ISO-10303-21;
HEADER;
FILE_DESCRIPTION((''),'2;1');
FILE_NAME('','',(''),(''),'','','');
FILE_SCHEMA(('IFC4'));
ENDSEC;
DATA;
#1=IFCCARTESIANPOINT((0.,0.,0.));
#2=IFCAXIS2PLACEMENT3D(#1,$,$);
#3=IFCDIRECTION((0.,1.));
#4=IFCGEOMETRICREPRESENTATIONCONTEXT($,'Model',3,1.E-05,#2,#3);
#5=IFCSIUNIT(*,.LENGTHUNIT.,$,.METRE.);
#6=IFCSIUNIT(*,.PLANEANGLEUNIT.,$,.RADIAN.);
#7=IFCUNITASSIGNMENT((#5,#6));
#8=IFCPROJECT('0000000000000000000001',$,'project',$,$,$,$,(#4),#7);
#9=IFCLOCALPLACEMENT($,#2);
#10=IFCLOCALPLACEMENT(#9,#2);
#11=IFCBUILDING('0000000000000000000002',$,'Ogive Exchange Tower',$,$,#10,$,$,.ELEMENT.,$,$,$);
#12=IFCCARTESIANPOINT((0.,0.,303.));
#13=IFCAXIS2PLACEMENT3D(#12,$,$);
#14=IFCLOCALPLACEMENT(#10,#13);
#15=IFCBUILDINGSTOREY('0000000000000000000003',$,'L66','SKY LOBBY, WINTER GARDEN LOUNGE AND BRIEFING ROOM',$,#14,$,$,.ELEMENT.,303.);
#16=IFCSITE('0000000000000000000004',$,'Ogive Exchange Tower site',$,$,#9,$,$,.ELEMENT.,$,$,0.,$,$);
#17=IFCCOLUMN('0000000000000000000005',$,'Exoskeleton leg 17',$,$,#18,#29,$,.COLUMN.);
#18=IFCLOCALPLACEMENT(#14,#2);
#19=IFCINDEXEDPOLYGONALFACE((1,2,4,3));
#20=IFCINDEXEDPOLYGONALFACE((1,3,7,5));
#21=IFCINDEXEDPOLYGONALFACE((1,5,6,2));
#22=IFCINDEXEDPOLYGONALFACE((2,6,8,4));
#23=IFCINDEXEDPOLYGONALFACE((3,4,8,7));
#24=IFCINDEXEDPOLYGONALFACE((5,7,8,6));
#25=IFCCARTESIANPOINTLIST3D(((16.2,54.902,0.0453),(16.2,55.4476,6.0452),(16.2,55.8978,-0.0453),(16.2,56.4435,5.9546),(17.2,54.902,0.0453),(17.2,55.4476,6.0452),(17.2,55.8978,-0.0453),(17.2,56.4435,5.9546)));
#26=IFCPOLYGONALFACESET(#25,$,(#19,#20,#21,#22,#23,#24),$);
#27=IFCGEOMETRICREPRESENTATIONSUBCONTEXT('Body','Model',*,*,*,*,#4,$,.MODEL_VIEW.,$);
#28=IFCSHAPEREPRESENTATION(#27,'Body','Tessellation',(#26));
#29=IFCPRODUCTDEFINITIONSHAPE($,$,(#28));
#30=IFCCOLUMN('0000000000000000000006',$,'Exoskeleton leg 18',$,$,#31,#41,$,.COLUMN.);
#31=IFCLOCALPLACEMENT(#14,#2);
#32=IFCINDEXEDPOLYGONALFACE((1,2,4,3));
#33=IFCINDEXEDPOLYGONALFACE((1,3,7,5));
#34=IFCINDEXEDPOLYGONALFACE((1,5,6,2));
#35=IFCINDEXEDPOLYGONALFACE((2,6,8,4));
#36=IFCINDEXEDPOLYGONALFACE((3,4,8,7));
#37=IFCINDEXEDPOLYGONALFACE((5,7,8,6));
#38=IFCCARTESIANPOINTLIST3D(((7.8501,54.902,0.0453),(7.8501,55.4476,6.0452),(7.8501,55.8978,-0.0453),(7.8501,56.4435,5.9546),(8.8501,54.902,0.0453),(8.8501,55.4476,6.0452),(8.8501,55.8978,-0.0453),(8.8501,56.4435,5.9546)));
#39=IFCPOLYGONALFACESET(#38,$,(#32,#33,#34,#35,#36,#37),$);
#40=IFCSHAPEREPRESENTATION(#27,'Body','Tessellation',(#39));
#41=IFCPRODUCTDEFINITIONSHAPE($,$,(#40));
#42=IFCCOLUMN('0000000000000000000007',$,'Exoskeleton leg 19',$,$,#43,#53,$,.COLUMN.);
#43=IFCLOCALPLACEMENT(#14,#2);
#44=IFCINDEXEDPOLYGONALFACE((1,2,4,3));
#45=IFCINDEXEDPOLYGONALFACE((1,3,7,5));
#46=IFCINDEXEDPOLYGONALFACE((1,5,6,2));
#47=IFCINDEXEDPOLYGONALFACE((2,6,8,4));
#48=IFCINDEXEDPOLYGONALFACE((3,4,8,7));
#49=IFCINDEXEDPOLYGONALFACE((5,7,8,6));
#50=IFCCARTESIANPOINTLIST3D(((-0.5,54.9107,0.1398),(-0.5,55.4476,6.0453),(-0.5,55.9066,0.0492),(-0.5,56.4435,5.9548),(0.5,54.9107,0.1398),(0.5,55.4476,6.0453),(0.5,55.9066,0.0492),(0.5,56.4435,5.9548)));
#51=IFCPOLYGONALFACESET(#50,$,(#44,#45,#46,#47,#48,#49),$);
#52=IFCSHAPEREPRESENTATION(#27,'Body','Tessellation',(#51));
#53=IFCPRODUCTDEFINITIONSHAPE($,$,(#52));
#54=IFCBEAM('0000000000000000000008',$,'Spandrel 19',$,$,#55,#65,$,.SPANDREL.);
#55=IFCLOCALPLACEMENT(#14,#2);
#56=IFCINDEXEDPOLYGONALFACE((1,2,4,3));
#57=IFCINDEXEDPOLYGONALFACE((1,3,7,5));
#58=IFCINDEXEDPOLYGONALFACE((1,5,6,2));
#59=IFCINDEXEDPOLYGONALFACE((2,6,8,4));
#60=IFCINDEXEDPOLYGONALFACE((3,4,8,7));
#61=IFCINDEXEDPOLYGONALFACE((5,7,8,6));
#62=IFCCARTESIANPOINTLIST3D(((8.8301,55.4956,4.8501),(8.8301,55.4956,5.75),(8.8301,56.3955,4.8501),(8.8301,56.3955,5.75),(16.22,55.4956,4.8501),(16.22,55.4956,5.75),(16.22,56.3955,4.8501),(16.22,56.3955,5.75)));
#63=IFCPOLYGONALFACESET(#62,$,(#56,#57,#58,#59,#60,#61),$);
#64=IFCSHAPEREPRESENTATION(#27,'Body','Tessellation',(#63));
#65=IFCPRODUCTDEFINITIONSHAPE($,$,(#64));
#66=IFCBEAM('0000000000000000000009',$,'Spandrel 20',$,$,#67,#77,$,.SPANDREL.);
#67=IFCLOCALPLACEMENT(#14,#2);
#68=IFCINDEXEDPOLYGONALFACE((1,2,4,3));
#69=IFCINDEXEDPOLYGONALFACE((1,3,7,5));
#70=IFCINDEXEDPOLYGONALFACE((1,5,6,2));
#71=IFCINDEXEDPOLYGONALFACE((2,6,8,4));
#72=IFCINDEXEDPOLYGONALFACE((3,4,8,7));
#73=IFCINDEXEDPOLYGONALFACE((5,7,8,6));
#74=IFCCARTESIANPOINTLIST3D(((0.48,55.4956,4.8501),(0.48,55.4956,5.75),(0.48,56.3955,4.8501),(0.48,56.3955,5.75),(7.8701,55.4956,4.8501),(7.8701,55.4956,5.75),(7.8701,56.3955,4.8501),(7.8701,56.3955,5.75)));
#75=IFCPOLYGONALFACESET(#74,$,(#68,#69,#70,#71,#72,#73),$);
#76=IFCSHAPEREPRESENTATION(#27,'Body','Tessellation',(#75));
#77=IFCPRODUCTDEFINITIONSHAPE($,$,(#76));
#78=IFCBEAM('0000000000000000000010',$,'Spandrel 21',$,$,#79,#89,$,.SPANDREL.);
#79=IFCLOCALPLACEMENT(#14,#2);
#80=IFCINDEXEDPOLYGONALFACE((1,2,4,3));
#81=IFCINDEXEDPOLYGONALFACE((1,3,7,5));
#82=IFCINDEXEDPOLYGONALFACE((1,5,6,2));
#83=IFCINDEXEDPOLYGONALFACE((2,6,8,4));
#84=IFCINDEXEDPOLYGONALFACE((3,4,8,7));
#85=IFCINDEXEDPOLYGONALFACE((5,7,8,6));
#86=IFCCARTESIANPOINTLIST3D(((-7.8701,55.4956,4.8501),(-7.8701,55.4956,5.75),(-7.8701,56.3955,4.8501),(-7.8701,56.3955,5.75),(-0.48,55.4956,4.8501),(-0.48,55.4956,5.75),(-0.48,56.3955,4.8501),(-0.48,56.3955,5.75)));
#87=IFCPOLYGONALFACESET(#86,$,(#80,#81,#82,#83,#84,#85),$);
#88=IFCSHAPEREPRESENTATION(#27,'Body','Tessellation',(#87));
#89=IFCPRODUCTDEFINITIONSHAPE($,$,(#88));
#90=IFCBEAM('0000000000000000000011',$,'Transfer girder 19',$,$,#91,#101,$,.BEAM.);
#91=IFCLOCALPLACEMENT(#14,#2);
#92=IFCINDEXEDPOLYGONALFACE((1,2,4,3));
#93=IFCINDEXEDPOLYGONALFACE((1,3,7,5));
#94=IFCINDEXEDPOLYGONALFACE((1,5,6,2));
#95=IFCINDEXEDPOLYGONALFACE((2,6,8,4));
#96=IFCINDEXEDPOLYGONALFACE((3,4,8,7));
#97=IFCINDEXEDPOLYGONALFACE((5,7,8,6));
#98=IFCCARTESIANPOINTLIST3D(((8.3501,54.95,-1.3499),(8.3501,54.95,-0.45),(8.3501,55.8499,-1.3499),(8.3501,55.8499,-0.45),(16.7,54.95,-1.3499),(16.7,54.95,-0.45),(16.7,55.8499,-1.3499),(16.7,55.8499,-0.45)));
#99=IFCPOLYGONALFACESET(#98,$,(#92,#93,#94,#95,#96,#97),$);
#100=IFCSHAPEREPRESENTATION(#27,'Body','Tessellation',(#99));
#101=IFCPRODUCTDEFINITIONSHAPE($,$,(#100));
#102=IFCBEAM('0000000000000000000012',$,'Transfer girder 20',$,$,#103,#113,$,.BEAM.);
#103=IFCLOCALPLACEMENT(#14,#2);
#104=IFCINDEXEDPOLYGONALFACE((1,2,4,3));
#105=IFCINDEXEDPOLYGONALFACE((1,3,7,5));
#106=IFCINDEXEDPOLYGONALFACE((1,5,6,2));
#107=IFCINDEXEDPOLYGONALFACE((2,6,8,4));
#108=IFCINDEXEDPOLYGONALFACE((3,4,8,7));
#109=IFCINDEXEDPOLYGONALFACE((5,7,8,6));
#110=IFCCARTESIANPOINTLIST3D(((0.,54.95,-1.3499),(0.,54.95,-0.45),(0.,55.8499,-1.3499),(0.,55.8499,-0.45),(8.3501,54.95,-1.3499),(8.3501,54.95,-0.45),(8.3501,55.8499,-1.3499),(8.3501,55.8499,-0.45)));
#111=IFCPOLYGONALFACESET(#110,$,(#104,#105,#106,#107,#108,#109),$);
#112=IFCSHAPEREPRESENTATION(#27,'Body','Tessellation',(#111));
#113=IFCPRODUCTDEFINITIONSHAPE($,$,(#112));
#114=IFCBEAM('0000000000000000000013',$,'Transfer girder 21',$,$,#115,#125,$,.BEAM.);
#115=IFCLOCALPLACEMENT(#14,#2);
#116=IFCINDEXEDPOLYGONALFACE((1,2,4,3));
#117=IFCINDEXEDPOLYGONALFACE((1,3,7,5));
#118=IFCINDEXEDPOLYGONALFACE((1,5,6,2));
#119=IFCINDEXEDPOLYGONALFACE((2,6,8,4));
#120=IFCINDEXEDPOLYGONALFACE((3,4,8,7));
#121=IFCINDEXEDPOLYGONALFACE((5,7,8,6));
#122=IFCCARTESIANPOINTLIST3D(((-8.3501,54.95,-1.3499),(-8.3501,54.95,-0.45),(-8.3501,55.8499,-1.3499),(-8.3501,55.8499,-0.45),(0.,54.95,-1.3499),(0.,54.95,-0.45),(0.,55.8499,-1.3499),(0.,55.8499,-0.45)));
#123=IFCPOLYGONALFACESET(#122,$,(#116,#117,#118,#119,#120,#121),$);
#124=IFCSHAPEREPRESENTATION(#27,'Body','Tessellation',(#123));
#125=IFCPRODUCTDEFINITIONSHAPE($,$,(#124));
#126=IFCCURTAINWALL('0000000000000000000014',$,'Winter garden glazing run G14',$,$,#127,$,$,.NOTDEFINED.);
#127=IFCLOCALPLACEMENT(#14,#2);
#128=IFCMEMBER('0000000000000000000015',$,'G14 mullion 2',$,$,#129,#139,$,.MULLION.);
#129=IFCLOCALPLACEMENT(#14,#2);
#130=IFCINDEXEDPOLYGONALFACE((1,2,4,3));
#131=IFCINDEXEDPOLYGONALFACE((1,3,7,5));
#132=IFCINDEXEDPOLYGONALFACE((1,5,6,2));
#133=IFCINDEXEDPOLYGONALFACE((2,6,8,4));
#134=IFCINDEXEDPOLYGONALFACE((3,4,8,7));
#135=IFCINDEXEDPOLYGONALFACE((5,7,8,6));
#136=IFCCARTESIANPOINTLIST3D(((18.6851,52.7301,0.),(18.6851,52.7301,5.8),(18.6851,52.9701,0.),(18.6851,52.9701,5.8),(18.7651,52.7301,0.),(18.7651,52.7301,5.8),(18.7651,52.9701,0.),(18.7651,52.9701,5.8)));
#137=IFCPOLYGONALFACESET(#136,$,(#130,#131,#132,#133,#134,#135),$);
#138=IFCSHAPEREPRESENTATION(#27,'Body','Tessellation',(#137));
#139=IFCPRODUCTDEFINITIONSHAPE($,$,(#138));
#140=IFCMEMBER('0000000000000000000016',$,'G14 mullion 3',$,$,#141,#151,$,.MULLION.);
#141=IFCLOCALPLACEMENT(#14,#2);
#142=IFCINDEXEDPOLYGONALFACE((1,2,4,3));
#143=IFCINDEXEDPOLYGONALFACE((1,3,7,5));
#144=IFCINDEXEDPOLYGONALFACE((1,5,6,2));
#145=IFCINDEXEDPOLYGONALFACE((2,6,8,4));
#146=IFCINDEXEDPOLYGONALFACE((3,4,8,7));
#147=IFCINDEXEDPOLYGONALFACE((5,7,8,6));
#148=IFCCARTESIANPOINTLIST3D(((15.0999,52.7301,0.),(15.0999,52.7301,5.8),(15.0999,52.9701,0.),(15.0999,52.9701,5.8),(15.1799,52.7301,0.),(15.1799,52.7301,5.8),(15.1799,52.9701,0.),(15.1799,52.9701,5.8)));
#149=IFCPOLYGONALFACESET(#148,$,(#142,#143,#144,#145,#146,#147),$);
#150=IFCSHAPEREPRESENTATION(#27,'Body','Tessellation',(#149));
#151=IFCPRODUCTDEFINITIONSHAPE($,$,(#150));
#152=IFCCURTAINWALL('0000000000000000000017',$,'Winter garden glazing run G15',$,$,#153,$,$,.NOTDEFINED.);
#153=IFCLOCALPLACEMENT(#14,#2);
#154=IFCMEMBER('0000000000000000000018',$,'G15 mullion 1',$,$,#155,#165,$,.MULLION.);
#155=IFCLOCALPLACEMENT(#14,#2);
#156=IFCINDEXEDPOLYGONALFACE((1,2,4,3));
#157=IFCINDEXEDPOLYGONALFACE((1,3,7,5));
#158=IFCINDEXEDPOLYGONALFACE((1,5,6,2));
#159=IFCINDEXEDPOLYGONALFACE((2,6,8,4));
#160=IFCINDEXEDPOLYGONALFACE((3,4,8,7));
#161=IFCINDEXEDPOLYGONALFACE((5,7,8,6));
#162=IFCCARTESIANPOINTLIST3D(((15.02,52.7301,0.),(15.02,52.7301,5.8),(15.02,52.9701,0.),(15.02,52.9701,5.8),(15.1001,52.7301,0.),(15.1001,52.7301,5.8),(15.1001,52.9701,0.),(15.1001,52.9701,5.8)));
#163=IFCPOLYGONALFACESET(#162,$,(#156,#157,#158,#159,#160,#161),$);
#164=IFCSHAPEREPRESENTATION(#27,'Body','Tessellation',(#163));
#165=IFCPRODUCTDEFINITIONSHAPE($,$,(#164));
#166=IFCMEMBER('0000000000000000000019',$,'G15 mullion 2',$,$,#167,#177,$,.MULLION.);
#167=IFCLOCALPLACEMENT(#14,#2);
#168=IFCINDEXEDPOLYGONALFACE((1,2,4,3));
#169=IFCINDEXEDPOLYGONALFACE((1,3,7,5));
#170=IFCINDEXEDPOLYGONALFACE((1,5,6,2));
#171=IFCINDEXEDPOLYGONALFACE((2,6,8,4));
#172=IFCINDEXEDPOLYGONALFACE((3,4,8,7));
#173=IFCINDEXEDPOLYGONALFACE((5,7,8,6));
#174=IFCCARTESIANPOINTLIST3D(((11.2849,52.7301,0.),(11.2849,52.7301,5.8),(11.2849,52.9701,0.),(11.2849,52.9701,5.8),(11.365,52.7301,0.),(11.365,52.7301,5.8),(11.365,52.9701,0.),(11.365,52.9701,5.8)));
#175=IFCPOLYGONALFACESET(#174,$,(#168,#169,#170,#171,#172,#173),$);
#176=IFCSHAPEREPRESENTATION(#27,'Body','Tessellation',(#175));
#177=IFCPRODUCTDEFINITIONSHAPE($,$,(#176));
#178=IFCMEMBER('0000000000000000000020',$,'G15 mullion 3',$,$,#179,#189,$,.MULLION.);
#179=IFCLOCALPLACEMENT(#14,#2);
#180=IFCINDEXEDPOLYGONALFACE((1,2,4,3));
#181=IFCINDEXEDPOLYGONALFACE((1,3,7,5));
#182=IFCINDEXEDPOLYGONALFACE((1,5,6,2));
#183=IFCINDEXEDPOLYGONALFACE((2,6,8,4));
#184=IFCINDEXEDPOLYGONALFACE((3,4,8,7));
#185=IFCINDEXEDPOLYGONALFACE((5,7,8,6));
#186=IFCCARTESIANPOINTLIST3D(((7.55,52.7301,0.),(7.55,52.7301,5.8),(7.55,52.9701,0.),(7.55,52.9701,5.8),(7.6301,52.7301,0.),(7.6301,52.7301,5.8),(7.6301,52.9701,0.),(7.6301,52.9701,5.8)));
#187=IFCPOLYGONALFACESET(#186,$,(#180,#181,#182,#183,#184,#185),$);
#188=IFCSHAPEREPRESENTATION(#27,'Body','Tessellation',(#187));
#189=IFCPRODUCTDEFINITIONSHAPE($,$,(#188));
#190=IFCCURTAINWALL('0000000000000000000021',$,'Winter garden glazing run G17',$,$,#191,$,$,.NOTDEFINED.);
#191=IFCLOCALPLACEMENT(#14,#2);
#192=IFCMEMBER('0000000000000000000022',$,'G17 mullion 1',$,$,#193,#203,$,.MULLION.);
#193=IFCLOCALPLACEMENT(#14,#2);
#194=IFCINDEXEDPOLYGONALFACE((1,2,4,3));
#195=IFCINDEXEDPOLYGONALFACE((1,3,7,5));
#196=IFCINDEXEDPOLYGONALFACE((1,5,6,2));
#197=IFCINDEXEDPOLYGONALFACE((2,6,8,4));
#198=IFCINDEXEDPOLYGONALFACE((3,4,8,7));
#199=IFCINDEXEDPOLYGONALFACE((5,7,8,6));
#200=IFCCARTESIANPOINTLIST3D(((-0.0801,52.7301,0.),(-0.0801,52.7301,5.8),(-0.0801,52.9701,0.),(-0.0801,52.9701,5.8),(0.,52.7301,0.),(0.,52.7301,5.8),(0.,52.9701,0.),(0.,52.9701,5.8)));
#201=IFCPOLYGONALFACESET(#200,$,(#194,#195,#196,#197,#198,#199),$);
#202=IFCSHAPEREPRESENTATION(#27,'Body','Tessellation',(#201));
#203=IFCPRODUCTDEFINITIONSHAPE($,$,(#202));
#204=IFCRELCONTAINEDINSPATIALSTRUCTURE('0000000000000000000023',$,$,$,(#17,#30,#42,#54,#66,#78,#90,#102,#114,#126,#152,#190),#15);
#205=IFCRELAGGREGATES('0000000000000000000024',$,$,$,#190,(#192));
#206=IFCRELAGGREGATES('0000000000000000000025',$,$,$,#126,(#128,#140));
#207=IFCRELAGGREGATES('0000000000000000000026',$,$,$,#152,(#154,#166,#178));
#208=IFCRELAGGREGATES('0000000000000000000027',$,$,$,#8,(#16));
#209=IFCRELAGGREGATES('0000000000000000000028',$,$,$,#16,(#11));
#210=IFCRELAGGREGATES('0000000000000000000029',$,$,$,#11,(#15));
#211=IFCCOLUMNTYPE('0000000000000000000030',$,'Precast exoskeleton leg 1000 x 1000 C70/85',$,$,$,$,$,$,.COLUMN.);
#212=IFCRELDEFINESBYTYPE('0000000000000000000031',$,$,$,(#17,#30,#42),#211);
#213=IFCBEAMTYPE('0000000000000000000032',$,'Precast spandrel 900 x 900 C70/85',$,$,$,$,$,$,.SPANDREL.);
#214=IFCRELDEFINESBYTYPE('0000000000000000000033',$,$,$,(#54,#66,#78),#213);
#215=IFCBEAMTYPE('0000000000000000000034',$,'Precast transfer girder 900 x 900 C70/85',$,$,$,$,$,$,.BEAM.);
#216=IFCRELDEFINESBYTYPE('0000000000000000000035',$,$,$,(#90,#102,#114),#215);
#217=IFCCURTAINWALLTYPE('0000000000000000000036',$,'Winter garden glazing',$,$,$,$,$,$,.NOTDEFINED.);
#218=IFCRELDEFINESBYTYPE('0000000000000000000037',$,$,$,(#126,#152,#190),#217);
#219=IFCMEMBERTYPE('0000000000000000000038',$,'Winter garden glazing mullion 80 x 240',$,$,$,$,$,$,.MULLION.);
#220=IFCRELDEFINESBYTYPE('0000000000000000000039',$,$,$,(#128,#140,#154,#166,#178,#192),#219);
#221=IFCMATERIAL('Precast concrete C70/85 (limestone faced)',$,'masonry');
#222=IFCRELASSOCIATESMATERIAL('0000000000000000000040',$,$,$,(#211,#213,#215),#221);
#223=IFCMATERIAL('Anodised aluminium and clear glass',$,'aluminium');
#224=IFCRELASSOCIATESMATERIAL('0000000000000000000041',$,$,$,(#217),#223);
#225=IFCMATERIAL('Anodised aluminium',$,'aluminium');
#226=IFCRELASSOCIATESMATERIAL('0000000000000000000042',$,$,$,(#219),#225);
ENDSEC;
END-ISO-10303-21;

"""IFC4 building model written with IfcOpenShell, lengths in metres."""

from ifc_helpers import new_model, si_unit, direction, frame, origin, origin_2d, place, context, subcontext, project, spatial, rectangle, extrude, material, material_profile, profile_set, type_object, element, aggregate, save


model = new_model("IFC4")

# Units and contexts
model_context = context("Model", 3, precision=1e-05, world=origin(), true_north=direction((0.0, 1.0)))
body_context = subcontext(model_context, "Body", "Model", "MODEL_VIEW")
ifc_project = project(units=[si_unit("LENGTHUNIT", "METRE"), si_unit("PLANEANGLEUNIT", "RADIAN")], contexts=[model_context])

# Site, building, storey
site_placement = place(None, origin())
site = spatial("IfcSite", under=ifc_project, at=site_placement, Name="Ogive Exchange Tower site", CompositionType="ELEMENT", RefElevation=0.0)
building_placement = place(site_placement, origin())
building = spatial("IfcBuilding", under=site, at=building_placement, Name="Ogive Exchange Tower", CompositionType="ELEMENT")
storey_placement = place(building_placement, frame((0.0, 0.0, 303.0)))
storey = spatial("IfcBuildingStorey", under=building, at=storey_placement, Name="L66", Description="SKY LOBBY, WINTER GARDEN LOUNGE AND BRIEFING ROOM", CompositionType="ELEMENT", Elevation=303.0)

# Columns
ifc_material_1 = material(Name="Precast concrete C70/85 (limestone faced)", Category="masonry")
ifc_material_profile_1 = material_profile(ifc_material_1, rectangle(XDim=1.0, YDim=1.0, at=origin_2d()), Name="1000 x 1000")
ifc_profile_set_1 = profile_set([ifc_material_profile_1], Name="Precast concrete C70/85 (limestone faced)")
column_type = type_object("IfcColumnType", Name="Precast exoskeleton leg 1000 x 1000 C70/85", PredefinedType="COLUMN", material=ifc_profile_set_1)
for number, where, z_axis, x_axis, name in (
    (1, (16.7, 55.3999, 0.0), (0.0, 0.090569, 0.99589), (-1.0, 0.0, 0.0), "Exoskeleton leg 17"),
    (2, (8.3501, 55.3999, 0.0), (0.0, 0.090569, 0.99589), (-1.0, 0.0, 0.0), "Exoskeleton leg 18"),
):
    element("IfcColumn", number, at=place(storey_placement, frame(where, z_axis=z_axis, x_axis=x_axis)), inside=storey, type_object=column_type, Name=name, PredefinedType="COLUMN", context=body_context, shape_type="SweptSolid", body=[
        extrude(rectangle(XDim=1.0, YDim=1.0, at=origin_2d()), origin(), (0.0, 0.0, 1.0), 6.0247),
    ])
column_placement = place(storey_placement, frame((0.0, 55.4087, 0.0945), z_axis=(0.0, 0.090536, 0.995893), x_axis=(-1.0, 0.0, 0.0)))
element("IfcColumn", 3, at=column_placement, inside=storey, type_object=column_type, Name="Exoskeleton leg 19", PredefinedType="COLUMN", context=body_context, shape_type="SweptSolid", body=[
    extrude(rectangle(XDim=1.0, YDim=1.0, at=origin_2d()), origin(), (0.0, 0.0, 1.0), 5.9299),
])

# Beams
ifc_material_profile_2 = material_profile(ifc_material_1, rectangle(XDim=0.8999, YDim=0.8999, at=origin_2d()), Name="900 x 900")
ifc_profile_set_2 = profile_set([ifc_material_profile_2], Name="Precast concrete C70/85 (limestone faced)")
beam_type_1 = type_object("IfcBeamType", Name="Precast spandrel 900 x 900 C70/85", PredefinedType="SPANDREL", material=ifc_profile_set_2)
beam_1_placement = place(storey_placement, frame((16.22, 55.9456, 5.3), z_axis=(-1.0, 0.0, 0.0), x_axis=(0.0, -1.0, 0.0)))
element("IfcBeam", 4, at=beam_1_placement, inside=storey, type_object=beam_type_1, Name="Spandrel 19", PredefinedType="SPANDREL", context=body_context, shape_type="SweptSolid", body=[
    extrude(rectangle(XDim=0.8999, YDim=0.8999, at=origin_2d()), origin(), (0.0, 0.0, 1.0), 7.3899),
])
for number, where, z_axis, x_axis, name in (
    (5, (7.8701, 55.9456, 5.3), (-1.0, 0.0, 0.0), (0.0, -1.0, 0.0), "Spandrel 20"),
    (6, (-0.48, 55.9456, 5.3), (-1.0, 0.0, 0.0), (0.0, -1.0, 0.0), "Spandrel 21"),
):
    element("IfcBeam", number, at=place(storey_placement, frame(where, z_axis=z_axis, x_axis=x_axis)), inside=storey, type_object=beam_type_1, Name=name, PredefinedType="SPANDREL", context=body_context, shape_type="SweptSolid", body=[
        extrude(rectangle(XDim=0.8999, YDim=0.8999, at=origin_2d()), origin(), (0.0, 0.0, 1.0), 7.3901),
    ])
ifc_material_profile_3 = material_profile(ifc_material_1, rectangle(XDim=0.8999, YDim=0.8999, at=origin_2d()), Name="900 x 900")
ifc_profile_set_3 = profile_set([ifc_material_profile_3], Name="Precast concrete C70/85 (limestone faced)")
beam_type_2 = type_object("IfcBeamType", Name="Precast transfer girder 900 x 900 C70/85", PredefinedType="BEAM", material=ifc_profile_set_3)
beam_2_placement = place(storey_placement, frame((16.7, 55.3999, -0.8999), z_axis=(-1.0, 0.0, 0.0), x_axis=(0.0, -1.0, 0.0)))
element("IfcBeam", 7, at=beam_2_placement, inside=storey, type_object=beam_type_2, Name="Transfer girder 19", PredefinedType="BEAM", context=body_context, shape_type="SweptSolid", body=[
    extrude(rectangle(XDim=0.8999, YDim=0.8999, at=origin_2d()), origin(), (0.0, 0.0, 1.0), 8.3499),
])
for number, where, z_axis, x_axis, name in (
    (8, (8.3501, 55.3999, -0.8999), (-1.0, 0.0, 0.0), (0.0, -1.0, 0.0), "Transfer girder 20"),
    (9, (0.0, 55.3999, -0.8999), (-1.0, 0.0, 0.0), (0.0, -1.0, 0.0), "Transfer girder 21"),
):
    element("IfcBeam", number, at=place(storey_placement, frame(where, z_axis=z_axis, x_axis=x_axis)), inside=storey, type_object=beam_type_2, Name=name, PredefinedType="BEAM", context=body_context, shape_type="SweptSolid", body=[
        extrude(rectangle(XDim=0.8999, YDim=0.8999, at=origin_2d()), origin(), (0.0, 0.0, 1.0), 8.3501),
    ])

# Curtain walls, members
ifc_material_2 = material(Name="Anodised aluminium and clear glass", Category="aluminium")
curtain_wall_type = type_object("IfcCurtainWallType", Name="Winter garden glazing", PredefinedType="NOTDEFINED", material=ifc_material_2)
curtain_wall_1_placement = place(storey_placement, origin())
curtain_wall_1 = element("IfcCurtainWall", 10, at=curtain_wall_1_placement, inside=storey, type_object=curtain_wall_type, Name="Winter garden glazing run G14", PredefinedType="NOTDEFINED")
ifc_material_3 = material(Name="Anodised aluminium", Category="aluminium")
ifc_material_profile_4 = material_profile(ifc_material_3, rectangle(XDim=0.24, YDim=0.0801, at=origin_2d()), Name="AL 80x240")
ifc_profile_set_4 = profile_set([ifc_material_profile_4], Name="Anodised aluminium")
member_type_1 = type_object("IfcMemberType", Name="Winter garden glazing mullion 80 x 240", PredefinedType="MULLION", material=ifc_profile_set_4)
member_1_placement = place(storey_placement, frame((18.7251, 52.8501, 0.0), z_axis=(0.0, 0.0, 1.0), x_axis=(0.0, -1.0, 0.0)))
member_1 = element("IfcMember", 11, at=member_1_placement, type_object=member_type_1, Name="G14 mullion 2", PredefinedType="MULLION", context=body_context, shape_type="SweptSolid", body=[
    extrude(rectangle(XDim=0.24, YDim=0.0801, at=origin_2d()), origin(), (0.0, 0.0, 1.0), 5.8),
])
member_2_placement = place(storey_placement, frame((15.1399, 52.8501, 0.0), z_axis=(0.0, 0.0, 1.0), x_axis=(0.0, -1.0, 0.0)))
member_2 = element("IfcMember", 12, at=member_2_placement, type_object=member_type_1, Name="G14 mullion 3", PredefinedType="MULLION", context=body_context, shape_type="SweptSolid", body=[
    extrude(rectangle(XDim=0.24, YDim=0.0801, at=origin_2d()), origin(), (0.0, 0.0, 1.0), 5.8),
])
curtain_wall_2_placement = place(storey_placement, origin())
curtain_wall_2 = element("IfcCurtainWall", 13, at=curtain_wall_2_placement, inside=storey, type_object=curtain_wall_type, Name="Winter garden glazing run G15", PredefinedType="NOTDEFINED")
member_3_placement = place(storey_placement, frame((15.0601, 52.8501, 0.0), z_axis=(0.0, 0.0, 1.0), x_axis=(0.0, -1.0, 0.0)))
member_3 = element("IfcMember", 14, at=member_3_placement, type_object=member_type_1, Name="G15 mullion 1", PredefinedType="MULLION", context=body_context, shape_type="SweptSolid", body=[
    extrude(rectangle(XDim=0.24, YDim=0.0801, at=origin_2d()), origin(), (0.0, 0.0, 1.0), 5.8),
])
member_4_placement = place(storey_placement, frame((11.325, 52.8501, 0.0), z_axis=(0.0, 0.0, 1.0), x_axis=(0.0, -1.0, 0.0)))
member_4 = element("IfcMember", 15, at=member_4_placement, type_object=member_type_1, Name="G15 mullion 2", PredefinedType="MULLION", context=body_context, shape_type="SweptSolid", body=[
    extrude(rectangle(XDim=0.24, YDim=0.0801, at=origin_2d()), origin(), (0.0, 0.0, 1.0), 5.8),
])
member_5_placement = place(storey_placement, frame((7.5901, 52.8501, 0.0), z_axis=(0.0, 0.0, 1.0), x_axis=(0.0, -1.0, 0.0)))
member_5 = element("IfcMember", 16, at=member_5_placement, type_object=member_type_1, Name="G15 mullion 3", PredefinedType="MULLION", context=body_context, shape_type="SweptSolid", body=[
    extrude(rectangle(XDim=0.24, YDim=0.0801, at=origin_2d()), origin(), (0.0, 0.0, 1.0), 5.8),
])

# Curtain wall, member
curtain_wall_3_placement = place(storey_placement, origin())
curtain_wall_3 = element("IfcCurtainWall", 17, at=curtain_wall_3_placement, inside=storey, type_object=curtain_wall_type, Name="Winter garden glazing run G17", PredefinedType="NOTDEFINED")
member_6_placement = place(storey_placement, frame((-0.04, 52.8501, 0.0), z_axis=(0.0, 0.0, 1.0), x_axis=(0.0, -1.0, 0.0)))
member_6 = element("IfcMember", 18, at=member_6_placement, type_object=member_type_1, Name="G17 mullion 1", PredefinedType="MULLION", context=body_context, shape_type="SweptSolid", body=[
    extrude(rectangle(XDim=0.24, YDim=0.0801, at=origin_2d()), origin(), (0.0, 0.0, 1.0), 5.8),
])

aggregate(curtain_wall_3, [member_6])

aggregate(curtain_wall_1, [member_1, member_2])
aggregate(curtain_wall_2, [member_3, member_4, member_5])

save(model, "model.ifc")
